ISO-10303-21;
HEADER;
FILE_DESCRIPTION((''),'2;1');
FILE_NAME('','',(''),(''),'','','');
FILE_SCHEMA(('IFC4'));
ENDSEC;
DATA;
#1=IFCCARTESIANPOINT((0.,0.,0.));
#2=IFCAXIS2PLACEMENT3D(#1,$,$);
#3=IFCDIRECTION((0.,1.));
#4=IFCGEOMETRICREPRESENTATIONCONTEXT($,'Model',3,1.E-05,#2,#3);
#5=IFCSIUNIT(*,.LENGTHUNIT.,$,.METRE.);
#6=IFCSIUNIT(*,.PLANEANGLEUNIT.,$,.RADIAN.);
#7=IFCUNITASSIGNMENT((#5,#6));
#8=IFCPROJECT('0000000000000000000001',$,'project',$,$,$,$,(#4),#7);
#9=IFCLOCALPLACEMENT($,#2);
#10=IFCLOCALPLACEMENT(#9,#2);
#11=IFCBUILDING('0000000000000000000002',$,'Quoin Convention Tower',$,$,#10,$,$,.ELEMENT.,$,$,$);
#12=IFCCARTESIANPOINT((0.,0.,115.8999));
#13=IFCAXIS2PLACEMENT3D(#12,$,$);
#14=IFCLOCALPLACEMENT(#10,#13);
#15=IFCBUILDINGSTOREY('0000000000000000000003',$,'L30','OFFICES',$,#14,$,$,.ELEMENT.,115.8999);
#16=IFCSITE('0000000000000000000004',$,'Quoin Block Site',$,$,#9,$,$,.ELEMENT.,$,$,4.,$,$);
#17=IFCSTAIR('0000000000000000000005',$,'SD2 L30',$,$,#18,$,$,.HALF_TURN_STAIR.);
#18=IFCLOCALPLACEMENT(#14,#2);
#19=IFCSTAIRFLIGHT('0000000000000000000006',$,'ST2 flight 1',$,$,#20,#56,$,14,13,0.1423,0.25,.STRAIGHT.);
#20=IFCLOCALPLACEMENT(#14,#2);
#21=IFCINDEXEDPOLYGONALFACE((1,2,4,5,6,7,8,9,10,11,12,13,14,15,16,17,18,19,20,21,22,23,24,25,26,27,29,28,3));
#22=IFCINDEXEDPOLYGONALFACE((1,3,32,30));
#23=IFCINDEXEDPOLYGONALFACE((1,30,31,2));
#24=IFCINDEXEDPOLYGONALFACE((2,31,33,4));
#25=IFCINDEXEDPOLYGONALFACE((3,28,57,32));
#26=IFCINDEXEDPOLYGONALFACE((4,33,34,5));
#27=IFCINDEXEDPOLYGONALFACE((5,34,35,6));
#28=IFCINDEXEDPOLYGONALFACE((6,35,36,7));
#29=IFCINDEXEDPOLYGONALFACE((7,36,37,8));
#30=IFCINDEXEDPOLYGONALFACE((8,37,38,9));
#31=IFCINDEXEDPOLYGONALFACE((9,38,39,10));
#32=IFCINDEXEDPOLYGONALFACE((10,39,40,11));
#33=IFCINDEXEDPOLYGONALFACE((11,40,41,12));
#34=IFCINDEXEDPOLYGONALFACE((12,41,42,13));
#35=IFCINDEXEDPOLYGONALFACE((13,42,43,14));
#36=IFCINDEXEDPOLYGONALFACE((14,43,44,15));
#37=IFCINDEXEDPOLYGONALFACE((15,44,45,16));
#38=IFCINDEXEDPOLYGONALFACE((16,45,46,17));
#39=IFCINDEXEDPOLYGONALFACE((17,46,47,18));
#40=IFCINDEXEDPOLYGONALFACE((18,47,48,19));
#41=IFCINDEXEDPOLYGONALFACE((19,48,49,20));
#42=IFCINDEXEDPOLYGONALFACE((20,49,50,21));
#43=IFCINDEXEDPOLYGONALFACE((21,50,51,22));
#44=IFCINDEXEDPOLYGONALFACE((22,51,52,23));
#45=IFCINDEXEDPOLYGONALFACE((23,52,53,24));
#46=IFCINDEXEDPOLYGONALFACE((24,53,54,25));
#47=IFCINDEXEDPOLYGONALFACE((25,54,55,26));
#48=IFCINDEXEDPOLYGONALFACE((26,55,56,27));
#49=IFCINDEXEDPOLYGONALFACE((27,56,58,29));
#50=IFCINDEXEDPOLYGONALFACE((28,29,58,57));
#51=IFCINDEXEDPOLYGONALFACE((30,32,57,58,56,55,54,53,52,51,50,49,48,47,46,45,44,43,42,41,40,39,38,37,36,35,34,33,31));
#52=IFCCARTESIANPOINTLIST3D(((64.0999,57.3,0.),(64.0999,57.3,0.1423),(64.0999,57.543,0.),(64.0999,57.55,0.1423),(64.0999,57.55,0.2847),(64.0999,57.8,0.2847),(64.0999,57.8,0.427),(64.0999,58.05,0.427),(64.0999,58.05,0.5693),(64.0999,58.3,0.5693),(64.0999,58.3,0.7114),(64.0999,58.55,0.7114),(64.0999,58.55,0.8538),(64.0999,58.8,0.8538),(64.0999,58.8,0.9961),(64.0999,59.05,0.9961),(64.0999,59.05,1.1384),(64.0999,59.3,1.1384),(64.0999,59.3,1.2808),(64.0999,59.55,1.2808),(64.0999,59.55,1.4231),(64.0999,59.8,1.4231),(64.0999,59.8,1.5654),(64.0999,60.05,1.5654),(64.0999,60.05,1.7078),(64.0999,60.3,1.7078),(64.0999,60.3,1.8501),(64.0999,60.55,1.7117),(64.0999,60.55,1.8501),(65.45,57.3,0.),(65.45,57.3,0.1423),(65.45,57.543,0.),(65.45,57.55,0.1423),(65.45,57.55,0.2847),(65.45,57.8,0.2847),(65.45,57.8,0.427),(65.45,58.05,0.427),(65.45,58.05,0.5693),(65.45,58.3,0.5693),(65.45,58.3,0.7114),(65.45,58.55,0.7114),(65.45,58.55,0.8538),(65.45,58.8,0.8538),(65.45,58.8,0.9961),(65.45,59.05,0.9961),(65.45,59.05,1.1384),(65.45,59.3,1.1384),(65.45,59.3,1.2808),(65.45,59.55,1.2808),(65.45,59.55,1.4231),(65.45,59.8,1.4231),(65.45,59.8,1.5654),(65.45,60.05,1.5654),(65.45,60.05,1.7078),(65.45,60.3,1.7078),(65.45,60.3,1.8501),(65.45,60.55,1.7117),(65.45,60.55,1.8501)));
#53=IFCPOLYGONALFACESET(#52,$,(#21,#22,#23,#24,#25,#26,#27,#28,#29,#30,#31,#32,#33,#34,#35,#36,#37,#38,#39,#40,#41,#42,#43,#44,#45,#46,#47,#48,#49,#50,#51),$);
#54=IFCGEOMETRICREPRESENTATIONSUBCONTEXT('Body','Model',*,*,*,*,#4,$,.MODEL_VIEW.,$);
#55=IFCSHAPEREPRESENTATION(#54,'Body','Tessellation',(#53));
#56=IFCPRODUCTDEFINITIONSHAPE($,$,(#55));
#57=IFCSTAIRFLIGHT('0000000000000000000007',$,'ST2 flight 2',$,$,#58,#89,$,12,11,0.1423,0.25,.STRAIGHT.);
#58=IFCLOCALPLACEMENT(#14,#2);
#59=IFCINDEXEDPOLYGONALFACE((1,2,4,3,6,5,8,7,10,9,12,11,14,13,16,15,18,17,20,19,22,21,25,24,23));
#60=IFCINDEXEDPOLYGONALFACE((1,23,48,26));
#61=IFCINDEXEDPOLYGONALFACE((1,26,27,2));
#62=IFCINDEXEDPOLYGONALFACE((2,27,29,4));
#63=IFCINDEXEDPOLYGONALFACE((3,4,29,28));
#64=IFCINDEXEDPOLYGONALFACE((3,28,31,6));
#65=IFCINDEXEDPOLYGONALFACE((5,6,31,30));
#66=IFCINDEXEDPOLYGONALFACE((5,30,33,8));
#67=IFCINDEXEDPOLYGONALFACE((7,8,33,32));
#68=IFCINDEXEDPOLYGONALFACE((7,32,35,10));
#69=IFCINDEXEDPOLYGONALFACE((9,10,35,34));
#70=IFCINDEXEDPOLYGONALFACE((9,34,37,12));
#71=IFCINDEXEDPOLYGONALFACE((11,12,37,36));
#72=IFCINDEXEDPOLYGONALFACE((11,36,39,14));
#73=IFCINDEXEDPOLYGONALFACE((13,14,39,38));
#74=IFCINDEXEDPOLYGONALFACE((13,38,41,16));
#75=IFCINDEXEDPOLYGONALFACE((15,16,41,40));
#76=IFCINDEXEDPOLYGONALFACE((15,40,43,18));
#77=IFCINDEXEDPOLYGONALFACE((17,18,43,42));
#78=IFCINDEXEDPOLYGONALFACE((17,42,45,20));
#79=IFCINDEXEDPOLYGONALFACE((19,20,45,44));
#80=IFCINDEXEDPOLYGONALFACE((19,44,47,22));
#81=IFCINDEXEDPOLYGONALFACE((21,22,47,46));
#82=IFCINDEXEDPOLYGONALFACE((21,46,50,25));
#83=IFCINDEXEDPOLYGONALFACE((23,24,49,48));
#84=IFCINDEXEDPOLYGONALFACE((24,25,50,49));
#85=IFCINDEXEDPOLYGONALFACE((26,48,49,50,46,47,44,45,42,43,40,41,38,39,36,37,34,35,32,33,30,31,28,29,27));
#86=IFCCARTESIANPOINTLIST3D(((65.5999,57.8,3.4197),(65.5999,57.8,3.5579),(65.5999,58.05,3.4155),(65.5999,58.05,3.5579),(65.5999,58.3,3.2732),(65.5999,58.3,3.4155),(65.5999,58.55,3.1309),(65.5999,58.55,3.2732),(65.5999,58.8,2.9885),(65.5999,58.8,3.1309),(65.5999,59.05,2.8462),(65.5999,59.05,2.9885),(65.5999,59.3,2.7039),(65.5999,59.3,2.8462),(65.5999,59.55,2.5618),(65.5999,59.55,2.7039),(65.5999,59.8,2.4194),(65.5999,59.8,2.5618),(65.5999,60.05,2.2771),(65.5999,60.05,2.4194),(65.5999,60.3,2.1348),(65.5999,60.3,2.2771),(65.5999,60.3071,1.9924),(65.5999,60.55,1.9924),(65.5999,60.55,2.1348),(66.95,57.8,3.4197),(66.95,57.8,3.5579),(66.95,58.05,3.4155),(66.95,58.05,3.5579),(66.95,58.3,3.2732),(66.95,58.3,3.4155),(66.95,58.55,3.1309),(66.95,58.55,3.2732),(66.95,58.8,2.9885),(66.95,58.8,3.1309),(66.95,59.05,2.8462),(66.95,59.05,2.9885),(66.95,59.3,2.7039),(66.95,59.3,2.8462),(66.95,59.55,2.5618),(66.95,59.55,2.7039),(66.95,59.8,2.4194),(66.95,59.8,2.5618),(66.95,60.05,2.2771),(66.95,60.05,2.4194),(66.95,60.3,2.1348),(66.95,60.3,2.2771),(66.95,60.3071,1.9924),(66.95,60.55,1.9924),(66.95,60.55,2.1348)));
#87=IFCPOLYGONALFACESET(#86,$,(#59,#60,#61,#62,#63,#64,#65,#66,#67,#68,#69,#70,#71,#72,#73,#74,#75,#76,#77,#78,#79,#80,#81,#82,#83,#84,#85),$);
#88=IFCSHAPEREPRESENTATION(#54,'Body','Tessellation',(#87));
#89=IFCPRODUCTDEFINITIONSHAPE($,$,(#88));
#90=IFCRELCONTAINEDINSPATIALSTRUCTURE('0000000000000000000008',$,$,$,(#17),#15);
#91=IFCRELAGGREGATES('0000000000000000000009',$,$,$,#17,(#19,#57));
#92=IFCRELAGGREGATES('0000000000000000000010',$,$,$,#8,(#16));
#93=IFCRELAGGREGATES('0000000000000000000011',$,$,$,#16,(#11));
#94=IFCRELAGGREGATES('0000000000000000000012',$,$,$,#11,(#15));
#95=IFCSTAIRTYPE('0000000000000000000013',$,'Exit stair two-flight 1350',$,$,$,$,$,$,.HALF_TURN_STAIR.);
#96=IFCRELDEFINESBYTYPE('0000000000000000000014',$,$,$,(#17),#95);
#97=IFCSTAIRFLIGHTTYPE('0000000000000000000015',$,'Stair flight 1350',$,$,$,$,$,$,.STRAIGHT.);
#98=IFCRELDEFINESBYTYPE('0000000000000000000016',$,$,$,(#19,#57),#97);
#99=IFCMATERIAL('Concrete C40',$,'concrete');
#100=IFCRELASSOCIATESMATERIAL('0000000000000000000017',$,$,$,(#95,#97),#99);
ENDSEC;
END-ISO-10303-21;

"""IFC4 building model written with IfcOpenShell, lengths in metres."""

from ifc_helpers import new_model, si_unit, direction, frame, origin, place, context, subcontext, project, spatial, polyline, outline, extrude, material, type_object, element, aggregate, save


model = new_model("IFC4")

# Units and contexts
model_context = context("Model", 3, precision=1e-05, world=origin(), true_north=direction((0.0, 1.0)))
body_context = subcontext(model_context, "Body", "Model", "MODEL_VIEW")
ifc_project = project(units=[si_unit("LENGTHUNIT", "METRE"), si_unit("PLANEANGLEUNIT", "RADIAN")], contexts=[model_context])

# Site, building, storey
site_placement = place(None, origin())
site = spatial("IfcSite", under=ifc_project, at=site_placement, Name="Quoin Block Site", CompositionType="ELEMENT", RefElevation=4.0)
building_placement = place(site_placement, origin())
building = spatial("IfcBuilding", under=site, at=building_placement, Name="Quoin Convention Tower", CompositionType="ELEMENT")
storey_placement = place(building_placement, frame((0.0, 0.0, 115.8999)))
storey = spatial("IfcBuildingStorey", under=building, at=storey_placement, Name="L30", Description="OFFICES", CompositionType="ELEMENT", Elevation=115.8999)

# Stair, stair flights
ifc_material_1 = material(Name="Concrete C40", Category="concrete")
stair_type = type_object("IfcStairType", Name="Exit stair two-flight 1350", PredefinedType="HALF_TURN_STAIR", material=ifc_material_1)
stair_placement = place(storey_placement, origin())
stair = element("IfcStair", 1, at=stair_placement, inside=storey, type_object=stair_type, Name="SD2 L30", PredefinedType="HALF_TURN_STAIR")
stair_flight_type = type_object("IfcStairFlightType", Name="Stair flight 1350", PredefinedType="STRAIGHT", material=ifc_material_1)
stair_flight_1_placement = place(storey_placement, frame((64.7749, 57.3, 0.0), z_axis=(0.0, 0.0, 1.0), x_axis=(0.0, 1.0, 0.0)))
stair_flight_1 = element("IfcStairFlight", 2, at=stair_flight_1_placement, type_object=stair_flight_type, Name="ST2 flight 1", NumberOfRisers=14, NumberOfTreads=13, PredefinedType="STRAIGHT", RiserHeight=0.1423, TreadLength=0.25, context=body_context, shape_type="SweptSolid", body=[
    extrude(outline(polyline([(0.0, 0.0), (0.0, 0.1423), (0.25, 0.1423), (0.25, 0.2847), (0.5, 0.2847), (0.5, 0.427), (0.75, 0.427), (0.75, 0.5693), (1.0, 0.5693), (1.0, 0.7114), (1.25, 0.7114), (1.25, 0.8538), (1.5, 0.8538), (1.5, 0.9961), (1.75, 0.9961), (1.75, 1.1384), (2.0, 1.1384), (2.0, 1.2808), (2.25, 1.2808), (2.25, 1.4231), (2.5, 1.4231), (2.5, 1.5654), (2.75, 1.5654), (2.75, 1.7078), (3.0, 1.7078), (3.0, 1.8501), (3.25, 1.8501), (3.25, 1.9922), (3.25, 1.7117), (0.2429, 0.0), (0.0, 0.0)])), frame((0.0, 0.675, 0.0), z_axis=(0.0, -1.0, 0.0), x_axis=(1.0, 0.0, 0.0)), (0.0, 0.0, 1.0), 1.3501),
])
stair_flight_2_placement = place(storey_placement, frame((66.2749, 60.55, 1.9924), z_axis=(0.0, 0.0, 1.0), x_axis=(0.0, -1.0, 0.0)))
stair_flight_2 = element("IfcStairFlight", 3, at=stair_flight_2_placement, type_object=stair_flight_type, Name="ST2 flight 2", NumberOfRisers=12, NumberOfTreads=11, PredefinedType="STRAIGHT", RiserHeight=0.1423, TreadLength=0.25, context=body_context, shape_type="SweptSolid", body=[
    extrude(outline(polyline([(0.0, 0.0), (0.0, 0.1423), (0.25, 0.1423), (0.25, 0.2847), (0.5, 0.2847), (0.5, 0.427), (0.75, 0.427), (0.75, 0.5693), (1.0, 0.5693), (1.0, 0.7114), (1.25, 0.7114), (1.25, 0.8538), (1.5, 0.8538), (1.5, 0.9961), (1.75, 0.9961), (1.75, 1.1384), (2.0, 1.1384), (2.0, 1.2808), (2.25, 1.2808), (2.25, 1.4231), (2.5, 1.4231), (2.5, 1.5654), (2.75, 1.5654), (2.75, 1.7078), (2.75, 1.4272), (0.2429, 0.0), (0.0, 0.0)])), frame((0.0, 0.675, 0.0), z_axis=(0.0, -1.0, 0.0), x_axis=(1.0, 0.0, 0.0)), (0.0, 0.0, 1.0), 1.3501),
])
aggregate(stair, [stair_flight_1, stair_flight_2])

save(model, "model.ifc")
